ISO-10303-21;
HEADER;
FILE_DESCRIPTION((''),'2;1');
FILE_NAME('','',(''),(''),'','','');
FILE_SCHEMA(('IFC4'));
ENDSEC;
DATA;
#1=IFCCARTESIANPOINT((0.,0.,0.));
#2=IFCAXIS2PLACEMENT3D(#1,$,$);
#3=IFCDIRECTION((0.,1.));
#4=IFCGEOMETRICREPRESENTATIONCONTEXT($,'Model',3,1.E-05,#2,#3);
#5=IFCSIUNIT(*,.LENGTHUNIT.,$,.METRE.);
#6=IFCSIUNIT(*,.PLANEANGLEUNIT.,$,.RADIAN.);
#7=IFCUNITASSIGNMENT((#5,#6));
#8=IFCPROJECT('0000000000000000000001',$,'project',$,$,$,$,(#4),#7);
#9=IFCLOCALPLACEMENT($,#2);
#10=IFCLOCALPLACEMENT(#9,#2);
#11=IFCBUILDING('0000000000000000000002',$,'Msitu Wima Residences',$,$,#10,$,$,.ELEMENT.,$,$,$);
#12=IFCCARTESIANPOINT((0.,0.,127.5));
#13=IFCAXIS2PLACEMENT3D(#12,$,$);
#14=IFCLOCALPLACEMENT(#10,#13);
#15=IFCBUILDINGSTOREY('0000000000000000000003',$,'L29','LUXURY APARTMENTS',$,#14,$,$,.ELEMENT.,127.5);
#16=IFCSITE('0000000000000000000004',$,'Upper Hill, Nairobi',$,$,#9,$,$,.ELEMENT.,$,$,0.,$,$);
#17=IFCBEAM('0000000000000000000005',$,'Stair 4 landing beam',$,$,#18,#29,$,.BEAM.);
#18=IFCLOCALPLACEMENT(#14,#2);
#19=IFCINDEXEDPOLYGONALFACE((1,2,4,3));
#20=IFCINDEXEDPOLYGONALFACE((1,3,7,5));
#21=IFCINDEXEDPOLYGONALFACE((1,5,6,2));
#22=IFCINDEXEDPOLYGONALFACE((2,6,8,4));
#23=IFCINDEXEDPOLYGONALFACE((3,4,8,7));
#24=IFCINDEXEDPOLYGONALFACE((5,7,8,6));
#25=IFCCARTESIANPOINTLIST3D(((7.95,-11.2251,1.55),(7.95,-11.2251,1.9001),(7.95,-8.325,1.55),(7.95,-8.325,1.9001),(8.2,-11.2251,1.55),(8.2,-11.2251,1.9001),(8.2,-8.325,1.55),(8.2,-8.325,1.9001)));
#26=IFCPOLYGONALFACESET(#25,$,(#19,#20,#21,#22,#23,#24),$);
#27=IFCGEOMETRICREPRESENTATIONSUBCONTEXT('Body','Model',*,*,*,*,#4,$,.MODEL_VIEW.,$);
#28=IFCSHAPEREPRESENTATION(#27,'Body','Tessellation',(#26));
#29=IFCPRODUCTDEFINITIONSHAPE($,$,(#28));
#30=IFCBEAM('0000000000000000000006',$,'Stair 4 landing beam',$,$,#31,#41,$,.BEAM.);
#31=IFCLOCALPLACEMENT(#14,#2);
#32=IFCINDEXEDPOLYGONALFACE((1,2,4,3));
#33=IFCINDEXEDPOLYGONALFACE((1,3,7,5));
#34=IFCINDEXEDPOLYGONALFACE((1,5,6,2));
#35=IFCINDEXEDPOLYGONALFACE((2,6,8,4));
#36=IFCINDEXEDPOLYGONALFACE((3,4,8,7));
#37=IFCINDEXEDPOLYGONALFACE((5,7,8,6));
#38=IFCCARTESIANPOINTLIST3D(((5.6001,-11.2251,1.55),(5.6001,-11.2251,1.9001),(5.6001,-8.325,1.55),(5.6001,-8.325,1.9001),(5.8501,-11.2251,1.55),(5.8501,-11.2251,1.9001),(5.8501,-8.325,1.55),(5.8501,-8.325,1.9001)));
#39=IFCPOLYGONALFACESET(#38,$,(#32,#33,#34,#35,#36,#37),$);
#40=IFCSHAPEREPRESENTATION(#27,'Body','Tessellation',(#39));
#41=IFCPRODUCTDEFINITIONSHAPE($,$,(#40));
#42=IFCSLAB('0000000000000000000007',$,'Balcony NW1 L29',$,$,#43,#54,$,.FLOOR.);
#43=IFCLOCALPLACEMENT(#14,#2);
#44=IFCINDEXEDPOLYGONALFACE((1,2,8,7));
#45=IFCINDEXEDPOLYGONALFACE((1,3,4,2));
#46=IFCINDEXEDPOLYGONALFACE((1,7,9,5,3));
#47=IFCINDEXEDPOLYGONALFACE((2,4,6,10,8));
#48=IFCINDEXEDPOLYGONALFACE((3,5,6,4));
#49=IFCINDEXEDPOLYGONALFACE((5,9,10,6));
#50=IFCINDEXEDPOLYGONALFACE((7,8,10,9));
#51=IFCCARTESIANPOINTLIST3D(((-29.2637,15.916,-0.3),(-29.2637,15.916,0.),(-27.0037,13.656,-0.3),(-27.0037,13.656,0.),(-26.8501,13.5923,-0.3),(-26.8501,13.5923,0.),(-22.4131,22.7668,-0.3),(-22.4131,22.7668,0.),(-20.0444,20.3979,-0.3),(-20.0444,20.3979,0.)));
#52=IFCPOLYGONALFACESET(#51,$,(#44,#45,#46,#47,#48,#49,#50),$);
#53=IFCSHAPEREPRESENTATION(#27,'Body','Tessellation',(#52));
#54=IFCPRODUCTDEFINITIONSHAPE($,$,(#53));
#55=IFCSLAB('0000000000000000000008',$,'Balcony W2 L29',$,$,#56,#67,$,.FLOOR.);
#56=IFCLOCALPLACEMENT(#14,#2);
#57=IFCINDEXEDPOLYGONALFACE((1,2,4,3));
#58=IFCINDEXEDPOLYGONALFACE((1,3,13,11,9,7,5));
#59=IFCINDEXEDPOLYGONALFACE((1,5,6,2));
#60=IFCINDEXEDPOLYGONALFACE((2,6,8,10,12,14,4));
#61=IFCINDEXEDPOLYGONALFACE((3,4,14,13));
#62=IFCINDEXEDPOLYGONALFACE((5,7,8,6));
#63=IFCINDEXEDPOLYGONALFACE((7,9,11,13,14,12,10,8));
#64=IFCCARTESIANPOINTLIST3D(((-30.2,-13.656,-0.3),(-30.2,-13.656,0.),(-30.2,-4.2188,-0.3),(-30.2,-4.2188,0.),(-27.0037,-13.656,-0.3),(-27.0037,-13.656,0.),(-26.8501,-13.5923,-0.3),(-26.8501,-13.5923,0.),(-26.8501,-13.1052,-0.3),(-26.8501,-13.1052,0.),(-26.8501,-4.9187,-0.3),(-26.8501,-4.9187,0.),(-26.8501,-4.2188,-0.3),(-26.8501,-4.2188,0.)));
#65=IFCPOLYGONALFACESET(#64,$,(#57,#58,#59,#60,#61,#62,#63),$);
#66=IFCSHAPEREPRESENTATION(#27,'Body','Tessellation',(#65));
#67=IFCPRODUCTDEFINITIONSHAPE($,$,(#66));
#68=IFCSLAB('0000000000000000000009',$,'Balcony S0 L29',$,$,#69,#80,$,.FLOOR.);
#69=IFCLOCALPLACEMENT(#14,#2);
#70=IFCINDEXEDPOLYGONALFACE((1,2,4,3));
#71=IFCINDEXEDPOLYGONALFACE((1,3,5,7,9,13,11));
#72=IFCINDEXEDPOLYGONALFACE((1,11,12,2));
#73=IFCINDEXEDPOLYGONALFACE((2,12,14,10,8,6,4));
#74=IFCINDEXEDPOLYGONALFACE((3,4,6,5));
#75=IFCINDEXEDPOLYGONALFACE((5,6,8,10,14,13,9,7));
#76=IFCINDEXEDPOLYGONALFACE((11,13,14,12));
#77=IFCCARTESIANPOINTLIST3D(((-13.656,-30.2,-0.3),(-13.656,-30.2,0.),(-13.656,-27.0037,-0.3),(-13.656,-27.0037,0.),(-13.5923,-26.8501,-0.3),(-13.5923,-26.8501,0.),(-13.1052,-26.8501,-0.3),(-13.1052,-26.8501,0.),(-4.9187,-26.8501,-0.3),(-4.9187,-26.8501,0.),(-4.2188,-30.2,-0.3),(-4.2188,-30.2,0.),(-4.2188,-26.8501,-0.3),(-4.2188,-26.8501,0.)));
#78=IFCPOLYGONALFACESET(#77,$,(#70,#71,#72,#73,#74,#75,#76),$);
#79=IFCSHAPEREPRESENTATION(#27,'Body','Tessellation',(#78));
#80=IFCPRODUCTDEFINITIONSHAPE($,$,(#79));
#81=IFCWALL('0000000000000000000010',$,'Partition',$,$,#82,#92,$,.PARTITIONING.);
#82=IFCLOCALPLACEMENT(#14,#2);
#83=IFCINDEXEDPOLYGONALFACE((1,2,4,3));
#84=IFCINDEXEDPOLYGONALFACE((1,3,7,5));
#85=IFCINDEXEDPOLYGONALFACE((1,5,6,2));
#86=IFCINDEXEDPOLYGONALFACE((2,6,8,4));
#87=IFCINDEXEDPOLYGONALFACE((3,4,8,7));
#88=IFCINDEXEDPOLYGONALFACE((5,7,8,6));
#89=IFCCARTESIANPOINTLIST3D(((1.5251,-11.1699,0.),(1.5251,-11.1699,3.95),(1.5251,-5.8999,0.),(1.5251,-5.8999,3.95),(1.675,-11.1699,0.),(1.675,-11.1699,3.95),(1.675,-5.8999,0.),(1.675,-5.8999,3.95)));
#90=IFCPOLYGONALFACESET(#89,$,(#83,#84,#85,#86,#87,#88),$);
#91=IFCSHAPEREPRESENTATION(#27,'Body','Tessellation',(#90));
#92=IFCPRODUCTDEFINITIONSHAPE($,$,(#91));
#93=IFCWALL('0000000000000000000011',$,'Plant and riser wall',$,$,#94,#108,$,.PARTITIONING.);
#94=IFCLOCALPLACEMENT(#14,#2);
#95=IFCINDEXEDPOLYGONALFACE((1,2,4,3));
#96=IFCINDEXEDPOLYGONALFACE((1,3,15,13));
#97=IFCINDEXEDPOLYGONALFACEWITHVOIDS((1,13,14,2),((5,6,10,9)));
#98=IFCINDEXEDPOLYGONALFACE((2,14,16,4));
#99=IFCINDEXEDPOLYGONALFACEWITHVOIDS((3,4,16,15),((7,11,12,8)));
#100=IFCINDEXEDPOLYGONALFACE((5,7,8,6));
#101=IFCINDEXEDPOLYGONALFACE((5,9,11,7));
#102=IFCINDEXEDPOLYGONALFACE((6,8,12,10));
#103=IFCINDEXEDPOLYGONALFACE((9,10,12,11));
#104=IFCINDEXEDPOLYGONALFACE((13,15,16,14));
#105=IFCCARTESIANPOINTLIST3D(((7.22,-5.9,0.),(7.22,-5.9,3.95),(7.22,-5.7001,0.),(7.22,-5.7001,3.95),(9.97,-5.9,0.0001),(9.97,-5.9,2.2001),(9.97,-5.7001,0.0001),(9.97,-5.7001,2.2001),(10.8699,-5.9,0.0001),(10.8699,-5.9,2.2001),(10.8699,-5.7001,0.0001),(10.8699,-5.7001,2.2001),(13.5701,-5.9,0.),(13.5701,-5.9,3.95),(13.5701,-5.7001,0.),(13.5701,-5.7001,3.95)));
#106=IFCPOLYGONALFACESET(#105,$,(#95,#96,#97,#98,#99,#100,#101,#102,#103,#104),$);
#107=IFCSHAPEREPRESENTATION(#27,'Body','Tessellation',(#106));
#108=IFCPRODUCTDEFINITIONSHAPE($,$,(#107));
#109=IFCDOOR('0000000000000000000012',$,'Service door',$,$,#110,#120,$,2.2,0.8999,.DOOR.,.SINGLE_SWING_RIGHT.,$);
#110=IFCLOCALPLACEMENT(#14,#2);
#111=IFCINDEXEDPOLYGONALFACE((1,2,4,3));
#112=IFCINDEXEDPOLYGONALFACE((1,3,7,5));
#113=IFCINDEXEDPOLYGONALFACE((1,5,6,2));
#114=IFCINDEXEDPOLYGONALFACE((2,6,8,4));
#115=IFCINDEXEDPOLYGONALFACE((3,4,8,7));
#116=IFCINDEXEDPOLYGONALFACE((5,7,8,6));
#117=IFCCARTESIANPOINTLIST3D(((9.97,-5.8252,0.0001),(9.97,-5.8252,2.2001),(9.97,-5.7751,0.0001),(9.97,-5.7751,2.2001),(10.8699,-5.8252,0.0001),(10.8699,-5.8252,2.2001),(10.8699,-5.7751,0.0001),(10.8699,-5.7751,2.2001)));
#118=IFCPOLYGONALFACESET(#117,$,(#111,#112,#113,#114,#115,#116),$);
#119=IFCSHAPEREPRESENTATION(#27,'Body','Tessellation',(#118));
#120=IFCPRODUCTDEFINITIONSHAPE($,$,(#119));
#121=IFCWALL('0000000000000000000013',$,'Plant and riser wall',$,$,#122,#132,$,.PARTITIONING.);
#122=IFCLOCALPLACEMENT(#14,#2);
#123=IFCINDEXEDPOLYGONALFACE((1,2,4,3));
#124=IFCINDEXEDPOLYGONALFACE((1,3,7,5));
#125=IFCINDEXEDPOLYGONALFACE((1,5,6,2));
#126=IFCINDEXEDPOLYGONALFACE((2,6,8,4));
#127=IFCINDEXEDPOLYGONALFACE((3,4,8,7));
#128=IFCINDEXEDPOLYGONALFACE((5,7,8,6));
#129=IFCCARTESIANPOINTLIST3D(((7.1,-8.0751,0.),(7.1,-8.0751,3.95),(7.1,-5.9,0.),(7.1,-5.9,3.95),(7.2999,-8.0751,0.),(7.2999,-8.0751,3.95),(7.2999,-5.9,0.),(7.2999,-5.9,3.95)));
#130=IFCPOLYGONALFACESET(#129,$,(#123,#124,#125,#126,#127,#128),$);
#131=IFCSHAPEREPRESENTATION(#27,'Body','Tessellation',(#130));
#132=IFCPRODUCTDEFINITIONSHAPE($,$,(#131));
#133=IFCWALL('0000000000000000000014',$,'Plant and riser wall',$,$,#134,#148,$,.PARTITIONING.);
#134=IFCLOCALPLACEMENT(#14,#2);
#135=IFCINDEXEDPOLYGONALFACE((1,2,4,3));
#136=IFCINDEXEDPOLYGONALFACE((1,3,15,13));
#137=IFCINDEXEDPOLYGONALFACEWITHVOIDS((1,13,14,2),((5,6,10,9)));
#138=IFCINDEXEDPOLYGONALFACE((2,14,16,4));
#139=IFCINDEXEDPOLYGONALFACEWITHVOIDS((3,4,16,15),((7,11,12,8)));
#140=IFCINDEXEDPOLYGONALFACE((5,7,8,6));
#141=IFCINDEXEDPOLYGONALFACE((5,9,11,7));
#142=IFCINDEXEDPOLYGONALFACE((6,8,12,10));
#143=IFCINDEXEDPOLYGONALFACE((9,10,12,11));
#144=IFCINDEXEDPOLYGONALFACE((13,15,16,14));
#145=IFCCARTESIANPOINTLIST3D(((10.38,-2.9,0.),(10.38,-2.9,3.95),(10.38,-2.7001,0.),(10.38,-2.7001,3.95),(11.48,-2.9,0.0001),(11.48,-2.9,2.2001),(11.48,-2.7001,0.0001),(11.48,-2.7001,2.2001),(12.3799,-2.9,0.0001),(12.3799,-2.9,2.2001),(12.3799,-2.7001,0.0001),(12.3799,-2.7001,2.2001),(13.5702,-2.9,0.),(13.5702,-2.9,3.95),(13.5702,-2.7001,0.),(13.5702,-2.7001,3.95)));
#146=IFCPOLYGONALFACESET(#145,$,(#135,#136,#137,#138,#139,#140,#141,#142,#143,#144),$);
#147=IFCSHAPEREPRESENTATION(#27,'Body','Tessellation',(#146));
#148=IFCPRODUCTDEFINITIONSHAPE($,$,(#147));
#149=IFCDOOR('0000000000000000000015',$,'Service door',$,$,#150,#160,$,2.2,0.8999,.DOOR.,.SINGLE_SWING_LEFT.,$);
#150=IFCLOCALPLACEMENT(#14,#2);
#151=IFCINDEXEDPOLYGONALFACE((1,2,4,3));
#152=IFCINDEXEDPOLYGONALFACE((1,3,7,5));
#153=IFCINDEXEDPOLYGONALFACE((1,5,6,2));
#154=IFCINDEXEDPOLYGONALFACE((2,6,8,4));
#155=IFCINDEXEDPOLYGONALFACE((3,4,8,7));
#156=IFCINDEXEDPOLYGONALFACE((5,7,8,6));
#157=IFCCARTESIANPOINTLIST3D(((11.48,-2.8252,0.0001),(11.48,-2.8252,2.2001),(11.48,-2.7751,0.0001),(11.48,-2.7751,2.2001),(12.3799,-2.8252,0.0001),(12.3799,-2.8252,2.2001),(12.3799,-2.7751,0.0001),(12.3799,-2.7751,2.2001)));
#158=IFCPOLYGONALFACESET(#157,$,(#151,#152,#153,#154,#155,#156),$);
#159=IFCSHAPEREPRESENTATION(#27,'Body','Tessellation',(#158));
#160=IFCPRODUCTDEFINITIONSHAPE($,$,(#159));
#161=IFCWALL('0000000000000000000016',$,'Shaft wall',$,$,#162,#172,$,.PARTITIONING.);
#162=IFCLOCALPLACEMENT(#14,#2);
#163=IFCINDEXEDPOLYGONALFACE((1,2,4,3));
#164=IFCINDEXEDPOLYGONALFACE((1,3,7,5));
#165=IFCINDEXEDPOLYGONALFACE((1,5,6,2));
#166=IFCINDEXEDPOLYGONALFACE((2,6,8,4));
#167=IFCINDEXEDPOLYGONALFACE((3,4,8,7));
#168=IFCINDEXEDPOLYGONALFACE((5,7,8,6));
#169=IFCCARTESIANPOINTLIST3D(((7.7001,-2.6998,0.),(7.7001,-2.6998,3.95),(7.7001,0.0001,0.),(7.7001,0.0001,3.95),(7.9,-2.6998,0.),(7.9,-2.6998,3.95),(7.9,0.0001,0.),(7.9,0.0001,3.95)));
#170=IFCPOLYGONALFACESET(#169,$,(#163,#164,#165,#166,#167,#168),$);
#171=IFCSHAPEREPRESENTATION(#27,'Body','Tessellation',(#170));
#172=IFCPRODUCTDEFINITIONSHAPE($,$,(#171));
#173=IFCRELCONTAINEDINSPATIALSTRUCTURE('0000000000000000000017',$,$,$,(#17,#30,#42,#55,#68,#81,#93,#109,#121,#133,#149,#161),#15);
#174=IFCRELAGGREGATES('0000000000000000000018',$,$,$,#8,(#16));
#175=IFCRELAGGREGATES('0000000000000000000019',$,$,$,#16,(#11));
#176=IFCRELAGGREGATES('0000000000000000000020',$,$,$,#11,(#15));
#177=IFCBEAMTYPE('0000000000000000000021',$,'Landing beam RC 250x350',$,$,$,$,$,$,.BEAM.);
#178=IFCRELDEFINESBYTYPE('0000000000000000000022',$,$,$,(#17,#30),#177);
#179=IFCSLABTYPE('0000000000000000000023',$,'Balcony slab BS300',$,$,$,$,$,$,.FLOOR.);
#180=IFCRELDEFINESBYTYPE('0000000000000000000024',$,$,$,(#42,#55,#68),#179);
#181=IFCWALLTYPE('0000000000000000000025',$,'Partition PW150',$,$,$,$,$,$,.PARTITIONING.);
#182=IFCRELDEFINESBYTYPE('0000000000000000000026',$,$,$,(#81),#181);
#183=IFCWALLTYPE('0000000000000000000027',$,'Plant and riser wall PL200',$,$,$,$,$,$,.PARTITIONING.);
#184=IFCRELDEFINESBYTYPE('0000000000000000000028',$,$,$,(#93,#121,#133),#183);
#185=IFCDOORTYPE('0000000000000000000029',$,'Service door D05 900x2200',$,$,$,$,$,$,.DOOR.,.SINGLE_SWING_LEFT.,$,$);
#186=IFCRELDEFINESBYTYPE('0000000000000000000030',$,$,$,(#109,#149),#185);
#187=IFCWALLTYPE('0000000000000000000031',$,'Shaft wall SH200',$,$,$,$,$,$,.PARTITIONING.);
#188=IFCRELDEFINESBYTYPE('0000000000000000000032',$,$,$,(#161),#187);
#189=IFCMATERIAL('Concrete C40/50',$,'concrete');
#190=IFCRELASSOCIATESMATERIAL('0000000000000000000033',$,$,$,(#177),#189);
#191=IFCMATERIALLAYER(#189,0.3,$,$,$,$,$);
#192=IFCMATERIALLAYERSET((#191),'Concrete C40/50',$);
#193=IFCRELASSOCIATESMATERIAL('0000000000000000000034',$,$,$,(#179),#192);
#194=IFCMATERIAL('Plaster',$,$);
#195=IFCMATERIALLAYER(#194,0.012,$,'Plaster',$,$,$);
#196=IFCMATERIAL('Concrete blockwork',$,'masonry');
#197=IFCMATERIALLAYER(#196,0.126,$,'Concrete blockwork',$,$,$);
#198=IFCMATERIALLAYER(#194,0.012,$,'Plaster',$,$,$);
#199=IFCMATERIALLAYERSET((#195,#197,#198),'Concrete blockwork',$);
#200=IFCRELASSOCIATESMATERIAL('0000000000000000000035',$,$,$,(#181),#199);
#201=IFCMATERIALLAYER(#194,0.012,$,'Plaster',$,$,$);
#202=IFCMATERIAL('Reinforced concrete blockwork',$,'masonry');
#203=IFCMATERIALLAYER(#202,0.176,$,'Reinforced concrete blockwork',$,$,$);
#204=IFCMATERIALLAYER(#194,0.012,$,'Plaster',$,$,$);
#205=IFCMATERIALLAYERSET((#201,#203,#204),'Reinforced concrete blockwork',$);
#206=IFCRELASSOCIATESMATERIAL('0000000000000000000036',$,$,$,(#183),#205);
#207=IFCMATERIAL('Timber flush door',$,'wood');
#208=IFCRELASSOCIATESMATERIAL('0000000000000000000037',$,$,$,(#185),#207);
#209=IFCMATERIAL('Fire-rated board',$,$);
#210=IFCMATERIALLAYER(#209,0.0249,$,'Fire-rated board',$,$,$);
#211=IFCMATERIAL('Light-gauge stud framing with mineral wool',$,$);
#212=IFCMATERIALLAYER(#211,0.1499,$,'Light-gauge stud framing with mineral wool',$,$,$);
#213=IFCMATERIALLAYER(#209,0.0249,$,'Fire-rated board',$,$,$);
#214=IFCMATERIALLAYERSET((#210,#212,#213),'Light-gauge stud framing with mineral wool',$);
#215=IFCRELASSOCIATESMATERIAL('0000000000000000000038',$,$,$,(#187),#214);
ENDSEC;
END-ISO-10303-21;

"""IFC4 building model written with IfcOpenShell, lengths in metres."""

from ifc_helpers import new_model, si_unit, direction, frame, frame_2d, origin, origin_2d, place, context, subcontext, project, spatial, polyline, rectangle, outline, extrude, material, layer, layer_set, material_profile, profile_set, type_object, element, fill, save


model = new_model("IFC4")

# Units and contexts
model_context = context("Model", 3, precision=1e-05, world=origin(), true_north=direction((0.0, 1.0)))
body_context = subcontext(model_context, "Body", "Model", "MODEL_VIEW")
ifc_project = project(units=[si_unit("LENGTHUNIT", "METRE"), si_unit("PLANEANGLEUNIT", "RADIAN")], contexts=[model_context])

# Site, building, storey
site_placement = place(None, origin())
site = spatial("IfcSite", under=ifc_project, at=site_placement, Name="Upper Hill, Nairobi", CompositionType="ELEMENT", RefElevation=0.0)
building_placement = place(site_placement, origin())
building = spatial("IfcBuilding", under=site, at=building_placement, Name="Msitu Wima Residences", CompositionType="ELEMENT")
storey_placement = place(building_placement, frame((0.0, 0.0, 127.5)))
storey = spatial("IfcBuildingStorey", under=building, at=storey_placement, Name="L29", Description="LUXURY APARTMENTS", CompositionType="ELEMENT", Elevation=127.5)

# Beams
ifc_material_1 = material(Name="Concrete C40/50", Category="concrete")
ifc_material_profile = material_profile(ifc_material_1, rectangle(XDim=0.25, YDim=0.3501, at=origin_2d()), Name="RC 250x350")
ifc_profile_set = profile_set([ifc_material_profile], Name="Concrete C40/50")
beam_type = type_object("IfcBeamType", Name="Landing beam RC 250x350", PredefinedType="BEAM", material=ifc_profile_set)
for number, where, z_axis, x_axis, name in (
    (1, (8.075, -11.2251, 1.7251), (0.0, 1.0, 0.0), (-1.0, 0.0, 0.0), "Stair 4 landing beam"),
    (2, (5.7251, -11.2251, 1.7251), (0.0, 1.0, 0.0), (-1.0, 0.0, 0.0), "Stair 4 landing beam"),
):
    element("IfcBeam", number, at=place(storey_placement, frame(where, z_axis=z_axis, x_axis=x_axis)), inside=storey, type_object=beam_type, Name=name, PredefinedType="BEAM", context=body_context, shape_type="SweptSolid", body=[
        extrude(rectangle(XDim=0.25, YDim=0.3501, at=origin_2d()), origin(), (0.0, 0.0, 1.0), 2.9001),
    ])

# Slabs
ifc_layer_1 = layer(ifc_material_1, 0.3)
ifc_layer_set_1 = layer_set([ifc_layer_1], Name="Concrete C40/50")
slab_type = type_object("IfcSlabType", Name="Balcony slab BS300", PredefinedType="FLOOR", material=ifc_layer_set_1)
slab_1_placement = place(storey_placement, frame((0.0, 0.0, -0.3)))
element("IfcSlab", 3, at=slab_1_placement, inside=storey, type_object=slab_type, Name="Balcony NW1 L29", PredefinedType="FLOOR", context=body_context, shape_type="SweptSolid", body=[
    extrude(outline(polyline([(-29.2637, 15.916), (-22.4131, 22.7668), (-20.0444, 20.3979), (-26.8501, 13.5923), (-27.0037, 13.656), (-29.2637, 15.916)])), origin(), (0.0, 0.0, 1.0), 0.3),
])
slab_2_placement = place(storey_placement, frame((0.0, 0.0, -0.3)))
element("IfcSlab", 4, at=slab_2_placement, inside=storey, type_object=slab_type, Name="Balcony W2 L29", PredefinedType="FLOOR", context=body_context, shape_type="SweptSolid", body=[
    extrude(outline(polyline([(-26.8501, -13.1052), (-26.8501, -13.1052), (-26.8501, -13.5923), (-27.0037, -13.656), (-30.2, -13.656), (-30.2, -4.2188), (-26.8501, -4.2188), (-26.8501, -4.9187), (-26.8501, -4.9187), (-26.8501, -13.1052), (-26.8501, -13.1052)])), origin(), (0.0, 0.0, 1.0), 0.3),
])
slab_3_placement = place(storey_placement, frame((0.0, 0.0, -0.3)))
element("IfcSlab", 5, at=slab_3_placement, inside=storey, type_object=slab_type, Name="Balcony S0 L29", PredefinedType="FLOOR", context=body_context, shape_type="SweptSolid", body=[
    extrude(outline(polyline([(-13.1052, -26.8501), (-13.1052, -26.8501), (-4.9187, -26.8501), (-4.9187, -26.8501), (-4.2188, -26.8501), (-4.2188, -30.2), (-13.656, -30.2), (-13.656, -27.0037), (-13.5923, -26.8501), (-13.1052, -26.8501), (-13.1052, -26.8501)])), origin(), (0.0, 0.0, 1.0), 0.3),
])

# Wall
ifc_material_2 = material(Name="Plaster")
ifc_layer_2 = layer(ifc_material_2, 0.012, Name="Plaster")
ifc_material_3 = material(Name="Concrete blockwork", Category="masonry")
ifc_layer_3 = layer(ifc_material_3, 0.126, Name="Concrete blockwork")
ifc_layer_4 = layer(ifc_material_2, 0.012, Name="Plaster")
ifc_layer_set_2 = layer_set([ifc_layer_2, ifc_layer_3, ifc_layer_4], Name="Concrete blockwork")
wall_type_1 = type_object("IfcWallType", Name="Partition PW150", PredefinedType="PARTITIONING", material=ifc_layer_set_2)
wall_1_placement = place(storey_placement, frame((1.6001, -11.1699, 0.0), z_axis=(0.0, 0.0, 1.0), x_axis=(0.0, 1.0, 0.0)))
element("IfcWall", 6, at=wall_1_placement, inside=storey, type_object=wall_type_1, Name="Partition", PredefinedType="PARTITIONING", context=body_context, shape_type="SweptSolid", body=[
    extrude(rectangle(XDim=5.27, YDim=0.1499, at=frame_2d((2.635, 0.0))), origin(), (0.0, 0.0, 1.0), 3.95),
])

# Wall, opening, door
ifc_layer_5 = layer(ifc_material_2, 0.012, Name="Plaster")
ifc_material_4 = material(Name="Reinforced concrete blockwork", Category="masonry")
ifc_layer_6 = layer(ifc_material_4, 0.176, Name="Reinforced concrete blockwork")
ifc_layer_7 = layer(ifc_material_2, 0.012, Name="Plaster")
ifc_layer_set_3 = layer_set([ifc_layer_5, ifc_layer_6, ifc_layer_7], Name="Reinforced concrete blockwork")
wall_type_2 = type_object("IfcWallType", Name="Plant and riser wall PL200", PredefinedType="PARTITIONING", material=ifc_layer_set_3)
wall_2_placement = place(storey_placement, frame((7.22, -5.8, 0.0), z_axis=(0.0, 0.0, 1.0), x_axis=(1.0, 0.0, 0.0)))
wall_2 = element("IfcWall", 7, at=wall_2_placement, inside=storey, type_object=wall_type_2, Name="Plant and riser wall", PredefinedType="PARTITIONING", context=body_context, shape_type="SweptSolid", body=[
    extrude(rectangle(XDim=6.3501, YDim=0.2, at=frame_2d((3.175, 0.0))), origin(), (0.0, 0.0, 1.0), 3.95),
])
opening_1_placement = place(wall_2_placement, frame((2.75, 0.0, 0.0)))
opening_1 = element("IfcOpeningElement", 8, at=opening_1_placement, cuts=wall_2, PredefinedType="OPENING", context=body_context, shape_type="SweptSolid", body=[
    extrude(rectangle(XDim=0.8999, YDim=2.2, at=frame_2d((0.45, 1.1001))), frame((0.0, 0.1099, 0.0), z_axis=(0.0, -1.0, 0.0), x_axis=(1.0, 0.0, 0.0)), (0.0, 0.0, 1.0), 0.22),
])
ifc_material_5 = material(Name="Timber flush door", Category="wood")
door_type = type_object("IfcDoorType", Name="Service door D05 900x2200", OperationType="SINGLE_SWING_LEFT", PredefinedType="DOOR", material=ifc_material_5)
door_1_placement = place(opening_1_placement, origin())
door_1 = element("IfcDoor", 9, at=door_1_placement, inside=storey, type_object=door_type, Name="Service door", OperationType="SINGLE_SWING_RIGHT", OverallHeight=2.2, OverallWidth=0.8999, PredefinedType="DOOR", context=body_context, shape_type="SweptSolid", body=[
    extrude(rectangle(XDim=0.8999, YDim=2.2, at=frame_2d((0.45, 1.1001))), frame((0.0, 0.0249, 0.0), z_axis=(0.0, -1.0, 0.0), x_axis=(1.0, 0.0, 0.0)), (0.0, 0.0, 1.0), 0.05),
])
fill(opening_1, door_1)

# Wall
wall_3_placement = place(storey_placement, frame((7.2, -8.075, 0.0), z_axis=(0.0, 0.0, 1.0), x_axis=(0.0, 1.0, 0.0)))
element("IfcWall", 10, at=wall_3_placement, inside=storey, type_object=wall_type_2, Name="Plant and riser wall", PredefinedType="PARTITIONING", context=body_context, shape_type="SweptSolid", body=[
    extrude(rectangle(XDim=2.175, YDim=0.2, at=frame_2d((1.0874, 0.0))), origin(), (0.0, 0.0, 1.0), 3.95),
])

# Wall, opening, door
wall_4_placement = place(storey_placement, frame((10.3799, -2.8, 0.0), z_axis=(0.0, 0.0, 1.0), x_axis=(1.0, 0.0, 0.0)))
wall_4 = element("IfcWall", 11, at=wall_4_placement, inside=storey, type_object=wall_type_2, Name="Plant and riser wall", PredefinedType="PARTITIONING", context=body_context, shape_type="SweptSolid", body=[
    extrude(rectangle(XDim=3.1902, YDim=0.2, at=frame_2d((1.5952, 0.0))), origin(), (0.0, 0.0, 1.0), 3.95),
])
opening_2_placement = place(wall_4_placement, frame((1.1001, 0.0, 0.0)))
opening_2 = element("IfcOpeningElement", 12, at=opening_2_placement, cuts=wall_4, PredefinedType="OPENING", context=body_context, shape_type="SweptSolid", body=[
    extrude(rectangle(XDim=0.8999, YDim=2.2, at=frame_2d((0.45, 1.1001))), frame((0.0, 0.1099, 0.0), z_axis=(0.0, -1.0, 0.0), x_axis=(1.0, 0.0, 0.0)), (0.0, 0.0, 1.0), 0.22),
])
door_2_placement = place(opening_2_placement, origin())
door_2 = element("IfcDoor", 13, at=door_2_placement, inside=storey, type_object=door_type, Name="Service door", OperationType="SINGLE_SWING_LEFT", OverallHeight=2.2, OverallWidth=0.8999, PredefinedType="DOOR", context=body_context, shape_type="SweptSolid", body=[
    extrude(rectangle(XDim=0.8999, YDim=2.2, at=frame_2d((0.45, 1.1001))), frame((0.0, 0.0249, 0.0), z_axis=(0.0, -1.0, 0.0), x_axis=(1.0, 0.0, 0.0)), (0.0, 0.0, 1.0), 0.05),
])
fill(opening_2, door_2)

# Wall
ifc_material_6 = material(Name="Fire-rated board")
ifc_layer_8 = layer(ifc_material_6, 0.0249, Name="Fire-rated board")
ifc_material_7 = material(Name="Light-gauge stud framing with mineral wool")
ifc_layer_9 = layer(ifc_material_7, 0.1499, Name="Light-gauge stud framing with mineral wool")
ifc_layer_10 = layer(ifc_material_6, 0.0249, Name="Fire-rated board")
ifc_layer_set_4 = layer_set([ifc_layer_8, ifc_layer_9, ifc_layer_10], Name="Light-gauge stud framing with mineral wool")
wall_type_3 = type_object("IfcWallType", Name="Shaft wall SH200", PredefinedType="PARTITIONING", material=ifc_layer_set_4)
wall_5_placement = place(storey_placement, frame((7.8, -2.7, 0.0), z_axis=(0.0, 0.0, 1.0), x_axis=(0.0, 1.0, 0.0)))
element("IfcWall", 14, at=wall_5_placement, inside=storey, type_object=wall_type_3, Name="Shaft wall", PredefinedType="PARTITIONING", context=body_context, shape_type="SweptSolid", body=[
    extrude(rectangle(XDim=2.7, YDim=0.2, at=frame_2d((1.3501, 0.0))), origin(), (0.0, 0.0, 1.0), 3.95),
])

save(model, "model.ifc")
